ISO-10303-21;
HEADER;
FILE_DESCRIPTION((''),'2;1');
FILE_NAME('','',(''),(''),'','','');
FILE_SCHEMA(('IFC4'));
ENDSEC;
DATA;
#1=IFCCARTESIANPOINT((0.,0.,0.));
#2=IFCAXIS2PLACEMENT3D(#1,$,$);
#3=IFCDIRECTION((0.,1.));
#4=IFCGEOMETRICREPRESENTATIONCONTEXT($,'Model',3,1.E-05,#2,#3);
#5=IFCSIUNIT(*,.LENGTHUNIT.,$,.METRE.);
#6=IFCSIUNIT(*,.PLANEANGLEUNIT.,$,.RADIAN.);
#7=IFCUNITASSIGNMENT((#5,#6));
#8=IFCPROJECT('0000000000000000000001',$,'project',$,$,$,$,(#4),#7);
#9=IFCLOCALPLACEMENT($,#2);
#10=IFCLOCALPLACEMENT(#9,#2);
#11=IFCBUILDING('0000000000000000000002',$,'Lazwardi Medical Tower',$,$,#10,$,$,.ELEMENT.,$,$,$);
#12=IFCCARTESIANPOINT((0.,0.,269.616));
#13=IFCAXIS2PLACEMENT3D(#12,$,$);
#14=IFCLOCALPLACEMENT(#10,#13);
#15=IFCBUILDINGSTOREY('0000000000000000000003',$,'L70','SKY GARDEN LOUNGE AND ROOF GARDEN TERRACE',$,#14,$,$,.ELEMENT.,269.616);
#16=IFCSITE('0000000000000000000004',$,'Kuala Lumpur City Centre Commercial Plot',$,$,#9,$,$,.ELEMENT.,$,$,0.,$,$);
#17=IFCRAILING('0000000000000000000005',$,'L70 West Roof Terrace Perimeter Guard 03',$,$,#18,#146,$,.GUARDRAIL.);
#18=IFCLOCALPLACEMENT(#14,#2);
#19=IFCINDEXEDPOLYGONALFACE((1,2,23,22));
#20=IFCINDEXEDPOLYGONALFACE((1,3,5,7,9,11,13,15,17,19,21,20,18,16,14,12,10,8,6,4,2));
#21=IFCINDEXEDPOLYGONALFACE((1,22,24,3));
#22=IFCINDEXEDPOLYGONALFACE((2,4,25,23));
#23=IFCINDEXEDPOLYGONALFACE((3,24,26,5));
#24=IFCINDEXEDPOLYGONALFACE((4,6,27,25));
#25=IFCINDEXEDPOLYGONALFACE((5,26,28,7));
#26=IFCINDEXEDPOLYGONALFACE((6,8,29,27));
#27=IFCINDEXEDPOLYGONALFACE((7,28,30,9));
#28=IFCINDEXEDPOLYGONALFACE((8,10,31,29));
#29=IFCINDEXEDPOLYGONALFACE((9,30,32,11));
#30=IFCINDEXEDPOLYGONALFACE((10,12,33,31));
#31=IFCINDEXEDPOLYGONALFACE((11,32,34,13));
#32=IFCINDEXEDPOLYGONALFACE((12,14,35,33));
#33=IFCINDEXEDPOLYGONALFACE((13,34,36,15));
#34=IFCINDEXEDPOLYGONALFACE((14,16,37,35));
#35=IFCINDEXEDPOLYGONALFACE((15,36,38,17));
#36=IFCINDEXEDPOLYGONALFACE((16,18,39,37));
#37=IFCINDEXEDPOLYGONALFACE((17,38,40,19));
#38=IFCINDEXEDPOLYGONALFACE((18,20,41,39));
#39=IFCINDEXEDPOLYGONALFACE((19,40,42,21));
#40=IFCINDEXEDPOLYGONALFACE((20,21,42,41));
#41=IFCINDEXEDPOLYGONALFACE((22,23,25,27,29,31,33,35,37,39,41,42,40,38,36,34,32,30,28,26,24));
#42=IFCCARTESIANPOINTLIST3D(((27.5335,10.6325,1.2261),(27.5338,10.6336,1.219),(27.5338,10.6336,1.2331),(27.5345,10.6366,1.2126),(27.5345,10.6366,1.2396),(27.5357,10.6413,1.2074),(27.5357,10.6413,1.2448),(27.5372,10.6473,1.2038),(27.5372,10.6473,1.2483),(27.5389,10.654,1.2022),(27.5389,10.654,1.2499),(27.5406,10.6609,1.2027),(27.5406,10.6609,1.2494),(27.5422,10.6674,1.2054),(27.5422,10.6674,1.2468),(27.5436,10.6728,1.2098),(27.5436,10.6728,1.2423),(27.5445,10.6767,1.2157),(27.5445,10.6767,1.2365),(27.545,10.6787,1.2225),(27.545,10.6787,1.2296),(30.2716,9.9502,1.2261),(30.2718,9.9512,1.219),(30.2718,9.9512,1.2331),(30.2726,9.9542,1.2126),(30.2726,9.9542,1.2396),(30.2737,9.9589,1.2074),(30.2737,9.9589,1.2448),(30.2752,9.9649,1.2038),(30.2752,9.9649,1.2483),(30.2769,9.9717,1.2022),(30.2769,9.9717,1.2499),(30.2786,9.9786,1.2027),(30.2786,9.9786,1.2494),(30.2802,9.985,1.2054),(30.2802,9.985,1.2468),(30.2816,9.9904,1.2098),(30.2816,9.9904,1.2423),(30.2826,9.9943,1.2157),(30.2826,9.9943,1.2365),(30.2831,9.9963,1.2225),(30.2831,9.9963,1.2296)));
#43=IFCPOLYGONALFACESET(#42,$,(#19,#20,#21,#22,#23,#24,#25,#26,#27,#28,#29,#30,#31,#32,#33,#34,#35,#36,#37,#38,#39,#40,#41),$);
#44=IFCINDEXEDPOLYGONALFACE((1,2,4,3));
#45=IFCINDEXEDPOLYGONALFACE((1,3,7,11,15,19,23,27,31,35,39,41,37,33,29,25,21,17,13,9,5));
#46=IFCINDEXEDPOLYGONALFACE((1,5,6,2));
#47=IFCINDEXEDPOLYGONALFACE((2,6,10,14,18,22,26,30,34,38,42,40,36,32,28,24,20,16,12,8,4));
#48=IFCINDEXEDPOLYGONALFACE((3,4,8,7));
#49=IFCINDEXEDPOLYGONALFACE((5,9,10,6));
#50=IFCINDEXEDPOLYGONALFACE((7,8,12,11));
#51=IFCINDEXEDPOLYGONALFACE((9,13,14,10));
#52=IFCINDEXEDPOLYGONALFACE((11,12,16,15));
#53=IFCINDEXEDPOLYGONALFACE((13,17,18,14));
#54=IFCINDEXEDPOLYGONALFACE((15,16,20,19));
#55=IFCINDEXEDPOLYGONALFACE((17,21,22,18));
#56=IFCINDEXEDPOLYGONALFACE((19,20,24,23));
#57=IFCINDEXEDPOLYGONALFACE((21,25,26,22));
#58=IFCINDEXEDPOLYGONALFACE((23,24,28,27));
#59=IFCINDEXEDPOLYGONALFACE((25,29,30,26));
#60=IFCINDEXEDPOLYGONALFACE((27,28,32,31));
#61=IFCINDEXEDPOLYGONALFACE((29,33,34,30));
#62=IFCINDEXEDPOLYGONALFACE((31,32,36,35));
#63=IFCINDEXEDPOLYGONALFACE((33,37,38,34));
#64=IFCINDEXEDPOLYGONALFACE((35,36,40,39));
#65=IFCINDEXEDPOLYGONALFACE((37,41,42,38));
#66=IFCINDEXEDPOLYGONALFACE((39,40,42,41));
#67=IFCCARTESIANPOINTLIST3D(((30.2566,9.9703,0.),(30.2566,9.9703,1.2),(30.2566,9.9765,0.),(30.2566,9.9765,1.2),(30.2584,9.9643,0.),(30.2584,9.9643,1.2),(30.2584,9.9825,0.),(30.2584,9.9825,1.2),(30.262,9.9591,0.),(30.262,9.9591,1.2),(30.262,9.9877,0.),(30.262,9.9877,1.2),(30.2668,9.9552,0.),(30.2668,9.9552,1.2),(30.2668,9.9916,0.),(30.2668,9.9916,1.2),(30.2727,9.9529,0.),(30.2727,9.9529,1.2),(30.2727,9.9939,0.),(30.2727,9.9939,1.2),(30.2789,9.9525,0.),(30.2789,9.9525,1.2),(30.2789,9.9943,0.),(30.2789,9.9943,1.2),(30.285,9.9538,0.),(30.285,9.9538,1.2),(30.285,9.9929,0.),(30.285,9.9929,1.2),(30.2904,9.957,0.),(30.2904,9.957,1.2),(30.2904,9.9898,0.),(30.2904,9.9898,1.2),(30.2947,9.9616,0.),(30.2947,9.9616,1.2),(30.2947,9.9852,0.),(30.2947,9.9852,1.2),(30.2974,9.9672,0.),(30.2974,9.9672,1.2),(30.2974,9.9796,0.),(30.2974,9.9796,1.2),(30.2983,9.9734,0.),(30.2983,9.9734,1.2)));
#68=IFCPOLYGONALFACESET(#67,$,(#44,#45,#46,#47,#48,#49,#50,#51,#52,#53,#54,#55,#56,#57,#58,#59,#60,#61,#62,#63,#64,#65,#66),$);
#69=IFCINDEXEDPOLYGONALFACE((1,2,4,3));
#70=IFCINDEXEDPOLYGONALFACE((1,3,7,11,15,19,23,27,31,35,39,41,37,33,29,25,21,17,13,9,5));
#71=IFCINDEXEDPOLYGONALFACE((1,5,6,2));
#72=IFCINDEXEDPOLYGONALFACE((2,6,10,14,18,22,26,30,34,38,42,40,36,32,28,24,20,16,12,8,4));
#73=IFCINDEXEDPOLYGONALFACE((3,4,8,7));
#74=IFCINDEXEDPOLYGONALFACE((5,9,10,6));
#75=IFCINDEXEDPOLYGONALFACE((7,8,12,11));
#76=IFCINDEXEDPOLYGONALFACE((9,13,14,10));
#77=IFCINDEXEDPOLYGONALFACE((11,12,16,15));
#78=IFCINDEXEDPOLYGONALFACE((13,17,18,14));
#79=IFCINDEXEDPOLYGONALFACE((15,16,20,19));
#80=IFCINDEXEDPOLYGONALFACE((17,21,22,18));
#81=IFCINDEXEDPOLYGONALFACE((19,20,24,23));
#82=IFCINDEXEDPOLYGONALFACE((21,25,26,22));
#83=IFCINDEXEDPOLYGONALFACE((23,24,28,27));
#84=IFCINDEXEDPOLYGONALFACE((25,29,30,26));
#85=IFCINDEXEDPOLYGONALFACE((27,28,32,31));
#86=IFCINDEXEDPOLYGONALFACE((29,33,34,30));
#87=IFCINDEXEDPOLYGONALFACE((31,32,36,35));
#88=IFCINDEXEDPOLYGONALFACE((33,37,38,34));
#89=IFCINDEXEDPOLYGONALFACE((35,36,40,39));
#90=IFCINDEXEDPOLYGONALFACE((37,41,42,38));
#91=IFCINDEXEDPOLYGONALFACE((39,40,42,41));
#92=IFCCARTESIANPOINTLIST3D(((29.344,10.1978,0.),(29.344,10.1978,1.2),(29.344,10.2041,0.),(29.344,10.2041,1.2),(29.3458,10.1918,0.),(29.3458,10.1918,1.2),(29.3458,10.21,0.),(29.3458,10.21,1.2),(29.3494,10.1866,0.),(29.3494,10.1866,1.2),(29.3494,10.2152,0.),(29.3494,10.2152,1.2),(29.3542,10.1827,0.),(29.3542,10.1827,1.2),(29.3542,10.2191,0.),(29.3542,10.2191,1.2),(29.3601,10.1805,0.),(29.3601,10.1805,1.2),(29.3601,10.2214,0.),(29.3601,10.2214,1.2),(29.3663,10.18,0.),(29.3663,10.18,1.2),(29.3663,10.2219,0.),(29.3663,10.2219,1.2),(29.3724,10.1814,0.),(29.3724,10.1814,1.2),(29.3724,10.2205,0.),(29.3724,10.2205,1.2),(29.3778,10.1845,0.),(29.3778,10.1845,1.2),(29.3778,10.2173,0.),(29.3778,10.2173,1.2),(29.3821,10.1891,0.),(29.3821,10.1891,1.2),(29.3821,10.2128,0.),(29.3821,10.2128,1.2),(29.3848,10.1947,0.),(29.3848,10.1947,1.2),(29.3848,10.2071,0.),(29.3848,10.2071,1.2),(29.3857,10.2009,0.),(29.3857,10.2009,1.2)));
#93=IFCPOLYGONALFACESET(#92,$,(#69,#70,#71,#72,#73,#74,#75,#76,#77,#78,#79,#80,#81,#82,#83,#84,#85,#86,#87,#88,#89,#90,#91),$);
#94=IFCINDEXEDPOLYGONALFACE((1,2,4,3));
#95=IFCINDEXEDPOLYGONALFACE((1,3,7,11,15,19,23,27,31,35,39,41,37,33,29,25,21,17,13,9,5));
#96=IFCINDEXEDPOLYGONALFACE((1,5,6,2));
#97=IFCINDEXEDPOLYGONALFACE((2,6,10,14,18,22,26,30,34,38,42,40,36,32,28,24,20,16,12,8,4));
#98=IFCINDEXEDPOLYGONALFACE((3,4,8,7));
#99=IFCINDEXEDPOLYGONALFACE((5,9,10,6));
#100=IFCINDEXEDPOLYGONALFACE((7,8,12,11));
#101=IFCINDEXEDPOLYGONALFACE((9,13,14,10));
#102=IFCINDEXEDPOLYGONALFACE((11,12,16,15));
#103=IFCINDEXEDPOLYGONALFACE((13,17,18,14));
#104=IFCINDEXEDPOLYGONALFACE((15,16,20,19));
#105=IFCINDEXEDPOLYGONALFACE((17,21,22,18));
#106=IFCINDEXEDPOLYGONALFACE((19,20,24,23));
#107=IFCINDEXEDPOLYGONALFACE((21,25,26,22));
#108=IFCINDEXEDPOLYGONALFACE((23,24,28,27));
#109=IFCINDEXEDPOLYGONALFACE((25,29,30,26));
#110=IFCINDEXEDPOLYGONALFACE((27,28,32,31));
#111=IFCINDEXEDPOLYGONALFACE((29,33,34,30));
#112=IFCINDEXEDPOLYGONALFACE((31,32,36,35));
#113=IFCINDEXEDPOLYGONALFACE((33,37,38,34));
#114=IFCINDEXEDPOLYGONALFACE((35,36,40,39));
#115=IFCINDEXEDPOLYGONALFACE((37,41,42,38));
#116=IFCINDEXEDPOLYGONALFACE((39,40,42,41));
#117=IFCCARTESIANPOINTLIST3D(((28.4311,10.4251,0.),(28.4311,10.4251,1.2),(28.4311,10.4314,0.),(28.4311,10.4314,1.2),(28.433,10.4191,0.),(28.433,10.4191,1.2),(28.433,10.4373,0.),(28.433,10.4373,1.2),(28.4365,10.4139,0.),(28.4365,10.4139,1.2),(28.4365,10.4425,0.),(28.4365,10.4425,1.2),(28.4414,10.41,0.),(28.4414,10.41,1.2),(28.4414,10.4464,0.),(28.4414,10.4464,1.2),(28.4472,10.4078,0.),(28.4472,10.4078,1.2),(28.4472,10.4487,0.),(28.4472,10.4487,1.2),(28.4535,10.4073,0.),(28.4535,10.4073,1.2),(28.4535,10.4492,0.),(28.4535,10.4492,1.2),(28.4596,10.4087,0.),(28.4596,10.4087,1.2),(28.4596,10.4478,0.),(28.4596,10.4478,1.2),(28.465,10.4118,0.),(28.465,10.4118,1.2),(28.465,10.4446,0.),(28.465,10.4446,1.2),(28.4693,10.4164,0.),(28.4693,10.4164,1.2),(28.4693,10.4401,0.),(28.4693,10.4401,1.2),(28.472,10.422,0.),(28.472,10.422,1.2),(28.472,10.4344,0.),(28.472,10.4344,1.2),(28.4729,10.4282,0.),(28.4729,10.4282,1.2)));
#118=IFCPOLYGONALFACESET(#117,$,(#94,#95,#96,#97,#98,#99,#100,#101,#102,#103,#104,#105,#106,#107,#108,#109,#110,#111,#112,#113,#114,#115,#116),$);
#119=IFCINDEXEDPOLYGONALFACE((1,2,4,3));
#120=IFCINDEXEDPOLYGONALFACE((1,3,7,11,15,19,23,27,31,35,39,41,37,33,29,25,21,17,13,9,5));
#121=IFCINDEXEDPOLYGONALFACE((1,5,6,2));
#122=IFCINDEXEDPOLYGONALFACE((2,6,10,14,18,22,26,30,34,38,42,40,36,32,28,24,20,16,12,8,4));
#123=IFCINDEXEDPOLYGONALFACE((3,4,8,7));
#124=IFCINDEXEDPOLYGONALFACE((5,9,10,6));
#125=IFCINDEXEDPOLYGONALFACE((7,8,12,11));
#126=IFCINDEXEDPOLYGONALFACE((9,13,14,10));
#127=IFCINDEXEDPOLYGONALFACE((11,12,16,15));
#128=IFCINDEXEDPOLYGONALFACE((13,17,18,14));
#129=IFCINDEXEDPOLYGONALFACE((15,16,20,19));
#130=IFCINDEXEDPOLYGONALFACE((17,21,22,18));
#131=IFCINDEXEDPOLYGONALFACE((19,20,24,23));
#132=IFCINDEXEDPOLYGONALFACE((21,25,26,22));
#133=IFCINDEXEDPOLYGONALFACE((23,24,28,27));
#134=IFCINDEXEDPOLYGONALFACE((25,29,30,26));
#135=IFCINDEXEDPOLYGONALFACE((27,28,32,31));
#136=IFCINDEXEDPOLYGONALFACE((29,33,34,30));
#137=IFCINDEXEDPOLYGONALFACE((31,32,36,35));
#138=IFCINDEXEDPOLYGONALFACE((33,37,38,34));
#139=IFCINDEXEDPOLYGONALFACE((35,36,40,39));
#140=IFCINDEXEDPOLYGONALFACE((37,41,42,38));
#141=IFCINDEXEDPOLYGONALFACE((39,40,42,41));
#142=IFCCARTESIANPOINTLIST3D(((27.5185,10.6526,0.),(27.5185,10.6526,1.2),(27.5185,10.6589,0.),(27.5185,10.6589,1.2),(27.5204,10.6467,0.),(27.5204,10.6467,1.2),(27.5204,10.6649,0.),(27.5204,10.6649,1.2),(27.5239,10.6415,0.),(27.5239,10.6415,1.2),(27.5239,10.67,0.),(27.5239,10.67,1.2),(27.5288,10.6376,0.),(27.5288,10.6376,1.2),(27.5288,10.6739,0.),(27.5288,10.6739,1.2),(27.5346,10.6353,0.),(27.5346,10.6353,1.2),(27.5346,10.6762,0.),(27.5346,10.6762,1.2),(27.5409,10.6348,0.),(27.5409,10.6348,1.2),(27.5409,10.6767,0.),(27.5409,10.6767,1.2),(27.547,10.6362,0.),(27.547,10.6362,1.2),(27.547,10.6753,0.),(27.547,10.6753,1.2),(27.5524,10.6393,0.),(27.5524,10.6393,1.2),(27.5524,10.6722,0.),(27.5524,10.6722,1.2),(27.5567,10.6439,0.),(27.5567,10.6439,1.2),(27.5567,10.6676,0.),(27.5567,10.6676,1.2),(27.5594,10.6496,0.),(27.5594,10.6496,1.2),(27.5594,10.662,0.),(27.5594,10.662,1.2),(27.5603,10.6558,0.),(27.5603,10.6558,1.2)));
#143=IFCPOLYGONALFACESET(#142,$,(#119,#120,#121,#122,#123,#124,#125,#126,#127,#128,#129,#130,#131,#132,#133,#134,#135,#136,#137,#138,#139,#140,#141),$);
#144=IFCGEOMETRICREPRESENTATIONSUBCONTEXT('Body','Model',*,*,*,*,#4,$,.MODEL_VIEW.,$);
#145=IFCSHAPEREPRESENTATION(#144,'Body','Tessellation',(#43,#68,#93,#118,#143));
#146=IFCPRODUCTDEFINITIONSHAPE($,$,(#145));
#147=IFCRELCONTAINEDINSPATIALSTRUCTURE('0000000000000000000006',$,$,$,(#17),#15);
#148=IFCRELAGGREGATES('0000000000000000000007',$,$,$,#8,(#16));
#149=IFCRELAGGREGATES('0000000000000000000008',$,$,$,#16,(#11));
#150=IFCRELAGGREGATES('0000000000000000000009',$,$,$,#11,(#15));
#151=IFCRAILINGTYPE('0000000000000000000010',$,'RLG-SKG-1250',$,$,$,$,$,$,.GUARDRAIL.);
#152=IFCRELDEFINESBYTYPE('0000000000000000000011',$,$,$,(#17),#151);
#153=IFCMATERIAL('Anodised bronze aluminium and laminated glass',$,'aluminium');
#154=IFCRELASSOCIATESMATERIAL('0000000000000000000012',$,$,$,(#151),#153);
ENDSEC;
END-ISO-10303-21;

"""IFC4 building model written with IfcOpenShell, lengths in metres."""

from ifc_helpers import new_model, si_unit, direction, frame, origin, origin_2d, place, context, subcontext, project, spatial, circle, extrude, material, type_object, element, save


model = new_model("IFC4")

# Units and contexts
model_context = context("Model", 3, precision=1e-05, world=origin(), true_north=direction((0.0, 1.0)))
body_context = subcontext(model_context, "Body", "Model", "MODEL_VIEW")
ifc_project = project(units=[si_unit("LENGTHUNIT", "METRE"), si_unit("PLANEANGLEUNIT", "RADIAN")], contexts=[model_context])

# Site, building, storey
site_placement = place(None, origin())
site = spatial("IfcSite", under=ifc_project, at=site_placement, Name="Kuala Lumpur City Centre Commercial Plot", CompositionType="ELEMENT", RefElevation=0.0)
building_placement = place(site_placement, origin())
building = spatial("IfcBuilding", under=site, at=building_placement, Name="Lazwardi Medical Tower", CompositionType="ELEMENT")
storey_placement = place(building_placement, frame((0.0, 0.0, 269.616)))
storey = spatial("IfcBuildingStorey", under=building, at=storey_placement, Name="L70", Description="SKY GARDEN LOUNGE AND ROOF GARDEN TERRACE", CompositionType="ELEMENT", Elevation=269.616)

# Railing
ifc_material_1 = material(Name="Anodised bronze aluminium and laminated glass", Category="aluminium")
railing_type = type_object("IfcRailingType", Name="RLG-SKG-1250", PredefinedType="GUARDRAIL", material=ifc_material_1)
railing_1_placement = place(storey_placement, frame((30.2773, 9.9734, 0.0)))
element("IfcRailing", 1, at=railing_1_placement, inside=storey, type_object=railing_type, Name="L70 West Roof Terrace Perimeter Guard 03", PredefinedType="GUARDRAIL", context=body_context, shape_type="SweptSolid", body=[
    extrude(circle(Radius=0.0239, at=origin_2d()), frame((0.0, 0.0, 1.2261), z_axis=(-0.97032, 0.241823, 0.0), x_axis=(-0.241823, -0.97032, 0.0)), (0.0, 0.0, 1.0), 2.8218),
    extrude(circle(Radius=0.021, at=origin_2d()), origin(), (0.0, 0.0, 1.0), 1.2),
    extrude(circle(Radius=0.021, at=origin_2d()), frame((-0.9126, 0.2275, 0.0)), (0.0, 0.0, 1.0), 1.2),
    extrude(circle(Radius=0.021, at=origin_2d()), frame((-1.8254, 0.4548, 0.0)), (0.0, 0.0, 1.0), 1.2),
    extrude(circle(Radius=0.021, at=origin_2d()), frame((-2.738, 0.6824, 0.0)), (0.0, 0.0, 1.0), 1.2),
])

save(model, "model.ifc")
